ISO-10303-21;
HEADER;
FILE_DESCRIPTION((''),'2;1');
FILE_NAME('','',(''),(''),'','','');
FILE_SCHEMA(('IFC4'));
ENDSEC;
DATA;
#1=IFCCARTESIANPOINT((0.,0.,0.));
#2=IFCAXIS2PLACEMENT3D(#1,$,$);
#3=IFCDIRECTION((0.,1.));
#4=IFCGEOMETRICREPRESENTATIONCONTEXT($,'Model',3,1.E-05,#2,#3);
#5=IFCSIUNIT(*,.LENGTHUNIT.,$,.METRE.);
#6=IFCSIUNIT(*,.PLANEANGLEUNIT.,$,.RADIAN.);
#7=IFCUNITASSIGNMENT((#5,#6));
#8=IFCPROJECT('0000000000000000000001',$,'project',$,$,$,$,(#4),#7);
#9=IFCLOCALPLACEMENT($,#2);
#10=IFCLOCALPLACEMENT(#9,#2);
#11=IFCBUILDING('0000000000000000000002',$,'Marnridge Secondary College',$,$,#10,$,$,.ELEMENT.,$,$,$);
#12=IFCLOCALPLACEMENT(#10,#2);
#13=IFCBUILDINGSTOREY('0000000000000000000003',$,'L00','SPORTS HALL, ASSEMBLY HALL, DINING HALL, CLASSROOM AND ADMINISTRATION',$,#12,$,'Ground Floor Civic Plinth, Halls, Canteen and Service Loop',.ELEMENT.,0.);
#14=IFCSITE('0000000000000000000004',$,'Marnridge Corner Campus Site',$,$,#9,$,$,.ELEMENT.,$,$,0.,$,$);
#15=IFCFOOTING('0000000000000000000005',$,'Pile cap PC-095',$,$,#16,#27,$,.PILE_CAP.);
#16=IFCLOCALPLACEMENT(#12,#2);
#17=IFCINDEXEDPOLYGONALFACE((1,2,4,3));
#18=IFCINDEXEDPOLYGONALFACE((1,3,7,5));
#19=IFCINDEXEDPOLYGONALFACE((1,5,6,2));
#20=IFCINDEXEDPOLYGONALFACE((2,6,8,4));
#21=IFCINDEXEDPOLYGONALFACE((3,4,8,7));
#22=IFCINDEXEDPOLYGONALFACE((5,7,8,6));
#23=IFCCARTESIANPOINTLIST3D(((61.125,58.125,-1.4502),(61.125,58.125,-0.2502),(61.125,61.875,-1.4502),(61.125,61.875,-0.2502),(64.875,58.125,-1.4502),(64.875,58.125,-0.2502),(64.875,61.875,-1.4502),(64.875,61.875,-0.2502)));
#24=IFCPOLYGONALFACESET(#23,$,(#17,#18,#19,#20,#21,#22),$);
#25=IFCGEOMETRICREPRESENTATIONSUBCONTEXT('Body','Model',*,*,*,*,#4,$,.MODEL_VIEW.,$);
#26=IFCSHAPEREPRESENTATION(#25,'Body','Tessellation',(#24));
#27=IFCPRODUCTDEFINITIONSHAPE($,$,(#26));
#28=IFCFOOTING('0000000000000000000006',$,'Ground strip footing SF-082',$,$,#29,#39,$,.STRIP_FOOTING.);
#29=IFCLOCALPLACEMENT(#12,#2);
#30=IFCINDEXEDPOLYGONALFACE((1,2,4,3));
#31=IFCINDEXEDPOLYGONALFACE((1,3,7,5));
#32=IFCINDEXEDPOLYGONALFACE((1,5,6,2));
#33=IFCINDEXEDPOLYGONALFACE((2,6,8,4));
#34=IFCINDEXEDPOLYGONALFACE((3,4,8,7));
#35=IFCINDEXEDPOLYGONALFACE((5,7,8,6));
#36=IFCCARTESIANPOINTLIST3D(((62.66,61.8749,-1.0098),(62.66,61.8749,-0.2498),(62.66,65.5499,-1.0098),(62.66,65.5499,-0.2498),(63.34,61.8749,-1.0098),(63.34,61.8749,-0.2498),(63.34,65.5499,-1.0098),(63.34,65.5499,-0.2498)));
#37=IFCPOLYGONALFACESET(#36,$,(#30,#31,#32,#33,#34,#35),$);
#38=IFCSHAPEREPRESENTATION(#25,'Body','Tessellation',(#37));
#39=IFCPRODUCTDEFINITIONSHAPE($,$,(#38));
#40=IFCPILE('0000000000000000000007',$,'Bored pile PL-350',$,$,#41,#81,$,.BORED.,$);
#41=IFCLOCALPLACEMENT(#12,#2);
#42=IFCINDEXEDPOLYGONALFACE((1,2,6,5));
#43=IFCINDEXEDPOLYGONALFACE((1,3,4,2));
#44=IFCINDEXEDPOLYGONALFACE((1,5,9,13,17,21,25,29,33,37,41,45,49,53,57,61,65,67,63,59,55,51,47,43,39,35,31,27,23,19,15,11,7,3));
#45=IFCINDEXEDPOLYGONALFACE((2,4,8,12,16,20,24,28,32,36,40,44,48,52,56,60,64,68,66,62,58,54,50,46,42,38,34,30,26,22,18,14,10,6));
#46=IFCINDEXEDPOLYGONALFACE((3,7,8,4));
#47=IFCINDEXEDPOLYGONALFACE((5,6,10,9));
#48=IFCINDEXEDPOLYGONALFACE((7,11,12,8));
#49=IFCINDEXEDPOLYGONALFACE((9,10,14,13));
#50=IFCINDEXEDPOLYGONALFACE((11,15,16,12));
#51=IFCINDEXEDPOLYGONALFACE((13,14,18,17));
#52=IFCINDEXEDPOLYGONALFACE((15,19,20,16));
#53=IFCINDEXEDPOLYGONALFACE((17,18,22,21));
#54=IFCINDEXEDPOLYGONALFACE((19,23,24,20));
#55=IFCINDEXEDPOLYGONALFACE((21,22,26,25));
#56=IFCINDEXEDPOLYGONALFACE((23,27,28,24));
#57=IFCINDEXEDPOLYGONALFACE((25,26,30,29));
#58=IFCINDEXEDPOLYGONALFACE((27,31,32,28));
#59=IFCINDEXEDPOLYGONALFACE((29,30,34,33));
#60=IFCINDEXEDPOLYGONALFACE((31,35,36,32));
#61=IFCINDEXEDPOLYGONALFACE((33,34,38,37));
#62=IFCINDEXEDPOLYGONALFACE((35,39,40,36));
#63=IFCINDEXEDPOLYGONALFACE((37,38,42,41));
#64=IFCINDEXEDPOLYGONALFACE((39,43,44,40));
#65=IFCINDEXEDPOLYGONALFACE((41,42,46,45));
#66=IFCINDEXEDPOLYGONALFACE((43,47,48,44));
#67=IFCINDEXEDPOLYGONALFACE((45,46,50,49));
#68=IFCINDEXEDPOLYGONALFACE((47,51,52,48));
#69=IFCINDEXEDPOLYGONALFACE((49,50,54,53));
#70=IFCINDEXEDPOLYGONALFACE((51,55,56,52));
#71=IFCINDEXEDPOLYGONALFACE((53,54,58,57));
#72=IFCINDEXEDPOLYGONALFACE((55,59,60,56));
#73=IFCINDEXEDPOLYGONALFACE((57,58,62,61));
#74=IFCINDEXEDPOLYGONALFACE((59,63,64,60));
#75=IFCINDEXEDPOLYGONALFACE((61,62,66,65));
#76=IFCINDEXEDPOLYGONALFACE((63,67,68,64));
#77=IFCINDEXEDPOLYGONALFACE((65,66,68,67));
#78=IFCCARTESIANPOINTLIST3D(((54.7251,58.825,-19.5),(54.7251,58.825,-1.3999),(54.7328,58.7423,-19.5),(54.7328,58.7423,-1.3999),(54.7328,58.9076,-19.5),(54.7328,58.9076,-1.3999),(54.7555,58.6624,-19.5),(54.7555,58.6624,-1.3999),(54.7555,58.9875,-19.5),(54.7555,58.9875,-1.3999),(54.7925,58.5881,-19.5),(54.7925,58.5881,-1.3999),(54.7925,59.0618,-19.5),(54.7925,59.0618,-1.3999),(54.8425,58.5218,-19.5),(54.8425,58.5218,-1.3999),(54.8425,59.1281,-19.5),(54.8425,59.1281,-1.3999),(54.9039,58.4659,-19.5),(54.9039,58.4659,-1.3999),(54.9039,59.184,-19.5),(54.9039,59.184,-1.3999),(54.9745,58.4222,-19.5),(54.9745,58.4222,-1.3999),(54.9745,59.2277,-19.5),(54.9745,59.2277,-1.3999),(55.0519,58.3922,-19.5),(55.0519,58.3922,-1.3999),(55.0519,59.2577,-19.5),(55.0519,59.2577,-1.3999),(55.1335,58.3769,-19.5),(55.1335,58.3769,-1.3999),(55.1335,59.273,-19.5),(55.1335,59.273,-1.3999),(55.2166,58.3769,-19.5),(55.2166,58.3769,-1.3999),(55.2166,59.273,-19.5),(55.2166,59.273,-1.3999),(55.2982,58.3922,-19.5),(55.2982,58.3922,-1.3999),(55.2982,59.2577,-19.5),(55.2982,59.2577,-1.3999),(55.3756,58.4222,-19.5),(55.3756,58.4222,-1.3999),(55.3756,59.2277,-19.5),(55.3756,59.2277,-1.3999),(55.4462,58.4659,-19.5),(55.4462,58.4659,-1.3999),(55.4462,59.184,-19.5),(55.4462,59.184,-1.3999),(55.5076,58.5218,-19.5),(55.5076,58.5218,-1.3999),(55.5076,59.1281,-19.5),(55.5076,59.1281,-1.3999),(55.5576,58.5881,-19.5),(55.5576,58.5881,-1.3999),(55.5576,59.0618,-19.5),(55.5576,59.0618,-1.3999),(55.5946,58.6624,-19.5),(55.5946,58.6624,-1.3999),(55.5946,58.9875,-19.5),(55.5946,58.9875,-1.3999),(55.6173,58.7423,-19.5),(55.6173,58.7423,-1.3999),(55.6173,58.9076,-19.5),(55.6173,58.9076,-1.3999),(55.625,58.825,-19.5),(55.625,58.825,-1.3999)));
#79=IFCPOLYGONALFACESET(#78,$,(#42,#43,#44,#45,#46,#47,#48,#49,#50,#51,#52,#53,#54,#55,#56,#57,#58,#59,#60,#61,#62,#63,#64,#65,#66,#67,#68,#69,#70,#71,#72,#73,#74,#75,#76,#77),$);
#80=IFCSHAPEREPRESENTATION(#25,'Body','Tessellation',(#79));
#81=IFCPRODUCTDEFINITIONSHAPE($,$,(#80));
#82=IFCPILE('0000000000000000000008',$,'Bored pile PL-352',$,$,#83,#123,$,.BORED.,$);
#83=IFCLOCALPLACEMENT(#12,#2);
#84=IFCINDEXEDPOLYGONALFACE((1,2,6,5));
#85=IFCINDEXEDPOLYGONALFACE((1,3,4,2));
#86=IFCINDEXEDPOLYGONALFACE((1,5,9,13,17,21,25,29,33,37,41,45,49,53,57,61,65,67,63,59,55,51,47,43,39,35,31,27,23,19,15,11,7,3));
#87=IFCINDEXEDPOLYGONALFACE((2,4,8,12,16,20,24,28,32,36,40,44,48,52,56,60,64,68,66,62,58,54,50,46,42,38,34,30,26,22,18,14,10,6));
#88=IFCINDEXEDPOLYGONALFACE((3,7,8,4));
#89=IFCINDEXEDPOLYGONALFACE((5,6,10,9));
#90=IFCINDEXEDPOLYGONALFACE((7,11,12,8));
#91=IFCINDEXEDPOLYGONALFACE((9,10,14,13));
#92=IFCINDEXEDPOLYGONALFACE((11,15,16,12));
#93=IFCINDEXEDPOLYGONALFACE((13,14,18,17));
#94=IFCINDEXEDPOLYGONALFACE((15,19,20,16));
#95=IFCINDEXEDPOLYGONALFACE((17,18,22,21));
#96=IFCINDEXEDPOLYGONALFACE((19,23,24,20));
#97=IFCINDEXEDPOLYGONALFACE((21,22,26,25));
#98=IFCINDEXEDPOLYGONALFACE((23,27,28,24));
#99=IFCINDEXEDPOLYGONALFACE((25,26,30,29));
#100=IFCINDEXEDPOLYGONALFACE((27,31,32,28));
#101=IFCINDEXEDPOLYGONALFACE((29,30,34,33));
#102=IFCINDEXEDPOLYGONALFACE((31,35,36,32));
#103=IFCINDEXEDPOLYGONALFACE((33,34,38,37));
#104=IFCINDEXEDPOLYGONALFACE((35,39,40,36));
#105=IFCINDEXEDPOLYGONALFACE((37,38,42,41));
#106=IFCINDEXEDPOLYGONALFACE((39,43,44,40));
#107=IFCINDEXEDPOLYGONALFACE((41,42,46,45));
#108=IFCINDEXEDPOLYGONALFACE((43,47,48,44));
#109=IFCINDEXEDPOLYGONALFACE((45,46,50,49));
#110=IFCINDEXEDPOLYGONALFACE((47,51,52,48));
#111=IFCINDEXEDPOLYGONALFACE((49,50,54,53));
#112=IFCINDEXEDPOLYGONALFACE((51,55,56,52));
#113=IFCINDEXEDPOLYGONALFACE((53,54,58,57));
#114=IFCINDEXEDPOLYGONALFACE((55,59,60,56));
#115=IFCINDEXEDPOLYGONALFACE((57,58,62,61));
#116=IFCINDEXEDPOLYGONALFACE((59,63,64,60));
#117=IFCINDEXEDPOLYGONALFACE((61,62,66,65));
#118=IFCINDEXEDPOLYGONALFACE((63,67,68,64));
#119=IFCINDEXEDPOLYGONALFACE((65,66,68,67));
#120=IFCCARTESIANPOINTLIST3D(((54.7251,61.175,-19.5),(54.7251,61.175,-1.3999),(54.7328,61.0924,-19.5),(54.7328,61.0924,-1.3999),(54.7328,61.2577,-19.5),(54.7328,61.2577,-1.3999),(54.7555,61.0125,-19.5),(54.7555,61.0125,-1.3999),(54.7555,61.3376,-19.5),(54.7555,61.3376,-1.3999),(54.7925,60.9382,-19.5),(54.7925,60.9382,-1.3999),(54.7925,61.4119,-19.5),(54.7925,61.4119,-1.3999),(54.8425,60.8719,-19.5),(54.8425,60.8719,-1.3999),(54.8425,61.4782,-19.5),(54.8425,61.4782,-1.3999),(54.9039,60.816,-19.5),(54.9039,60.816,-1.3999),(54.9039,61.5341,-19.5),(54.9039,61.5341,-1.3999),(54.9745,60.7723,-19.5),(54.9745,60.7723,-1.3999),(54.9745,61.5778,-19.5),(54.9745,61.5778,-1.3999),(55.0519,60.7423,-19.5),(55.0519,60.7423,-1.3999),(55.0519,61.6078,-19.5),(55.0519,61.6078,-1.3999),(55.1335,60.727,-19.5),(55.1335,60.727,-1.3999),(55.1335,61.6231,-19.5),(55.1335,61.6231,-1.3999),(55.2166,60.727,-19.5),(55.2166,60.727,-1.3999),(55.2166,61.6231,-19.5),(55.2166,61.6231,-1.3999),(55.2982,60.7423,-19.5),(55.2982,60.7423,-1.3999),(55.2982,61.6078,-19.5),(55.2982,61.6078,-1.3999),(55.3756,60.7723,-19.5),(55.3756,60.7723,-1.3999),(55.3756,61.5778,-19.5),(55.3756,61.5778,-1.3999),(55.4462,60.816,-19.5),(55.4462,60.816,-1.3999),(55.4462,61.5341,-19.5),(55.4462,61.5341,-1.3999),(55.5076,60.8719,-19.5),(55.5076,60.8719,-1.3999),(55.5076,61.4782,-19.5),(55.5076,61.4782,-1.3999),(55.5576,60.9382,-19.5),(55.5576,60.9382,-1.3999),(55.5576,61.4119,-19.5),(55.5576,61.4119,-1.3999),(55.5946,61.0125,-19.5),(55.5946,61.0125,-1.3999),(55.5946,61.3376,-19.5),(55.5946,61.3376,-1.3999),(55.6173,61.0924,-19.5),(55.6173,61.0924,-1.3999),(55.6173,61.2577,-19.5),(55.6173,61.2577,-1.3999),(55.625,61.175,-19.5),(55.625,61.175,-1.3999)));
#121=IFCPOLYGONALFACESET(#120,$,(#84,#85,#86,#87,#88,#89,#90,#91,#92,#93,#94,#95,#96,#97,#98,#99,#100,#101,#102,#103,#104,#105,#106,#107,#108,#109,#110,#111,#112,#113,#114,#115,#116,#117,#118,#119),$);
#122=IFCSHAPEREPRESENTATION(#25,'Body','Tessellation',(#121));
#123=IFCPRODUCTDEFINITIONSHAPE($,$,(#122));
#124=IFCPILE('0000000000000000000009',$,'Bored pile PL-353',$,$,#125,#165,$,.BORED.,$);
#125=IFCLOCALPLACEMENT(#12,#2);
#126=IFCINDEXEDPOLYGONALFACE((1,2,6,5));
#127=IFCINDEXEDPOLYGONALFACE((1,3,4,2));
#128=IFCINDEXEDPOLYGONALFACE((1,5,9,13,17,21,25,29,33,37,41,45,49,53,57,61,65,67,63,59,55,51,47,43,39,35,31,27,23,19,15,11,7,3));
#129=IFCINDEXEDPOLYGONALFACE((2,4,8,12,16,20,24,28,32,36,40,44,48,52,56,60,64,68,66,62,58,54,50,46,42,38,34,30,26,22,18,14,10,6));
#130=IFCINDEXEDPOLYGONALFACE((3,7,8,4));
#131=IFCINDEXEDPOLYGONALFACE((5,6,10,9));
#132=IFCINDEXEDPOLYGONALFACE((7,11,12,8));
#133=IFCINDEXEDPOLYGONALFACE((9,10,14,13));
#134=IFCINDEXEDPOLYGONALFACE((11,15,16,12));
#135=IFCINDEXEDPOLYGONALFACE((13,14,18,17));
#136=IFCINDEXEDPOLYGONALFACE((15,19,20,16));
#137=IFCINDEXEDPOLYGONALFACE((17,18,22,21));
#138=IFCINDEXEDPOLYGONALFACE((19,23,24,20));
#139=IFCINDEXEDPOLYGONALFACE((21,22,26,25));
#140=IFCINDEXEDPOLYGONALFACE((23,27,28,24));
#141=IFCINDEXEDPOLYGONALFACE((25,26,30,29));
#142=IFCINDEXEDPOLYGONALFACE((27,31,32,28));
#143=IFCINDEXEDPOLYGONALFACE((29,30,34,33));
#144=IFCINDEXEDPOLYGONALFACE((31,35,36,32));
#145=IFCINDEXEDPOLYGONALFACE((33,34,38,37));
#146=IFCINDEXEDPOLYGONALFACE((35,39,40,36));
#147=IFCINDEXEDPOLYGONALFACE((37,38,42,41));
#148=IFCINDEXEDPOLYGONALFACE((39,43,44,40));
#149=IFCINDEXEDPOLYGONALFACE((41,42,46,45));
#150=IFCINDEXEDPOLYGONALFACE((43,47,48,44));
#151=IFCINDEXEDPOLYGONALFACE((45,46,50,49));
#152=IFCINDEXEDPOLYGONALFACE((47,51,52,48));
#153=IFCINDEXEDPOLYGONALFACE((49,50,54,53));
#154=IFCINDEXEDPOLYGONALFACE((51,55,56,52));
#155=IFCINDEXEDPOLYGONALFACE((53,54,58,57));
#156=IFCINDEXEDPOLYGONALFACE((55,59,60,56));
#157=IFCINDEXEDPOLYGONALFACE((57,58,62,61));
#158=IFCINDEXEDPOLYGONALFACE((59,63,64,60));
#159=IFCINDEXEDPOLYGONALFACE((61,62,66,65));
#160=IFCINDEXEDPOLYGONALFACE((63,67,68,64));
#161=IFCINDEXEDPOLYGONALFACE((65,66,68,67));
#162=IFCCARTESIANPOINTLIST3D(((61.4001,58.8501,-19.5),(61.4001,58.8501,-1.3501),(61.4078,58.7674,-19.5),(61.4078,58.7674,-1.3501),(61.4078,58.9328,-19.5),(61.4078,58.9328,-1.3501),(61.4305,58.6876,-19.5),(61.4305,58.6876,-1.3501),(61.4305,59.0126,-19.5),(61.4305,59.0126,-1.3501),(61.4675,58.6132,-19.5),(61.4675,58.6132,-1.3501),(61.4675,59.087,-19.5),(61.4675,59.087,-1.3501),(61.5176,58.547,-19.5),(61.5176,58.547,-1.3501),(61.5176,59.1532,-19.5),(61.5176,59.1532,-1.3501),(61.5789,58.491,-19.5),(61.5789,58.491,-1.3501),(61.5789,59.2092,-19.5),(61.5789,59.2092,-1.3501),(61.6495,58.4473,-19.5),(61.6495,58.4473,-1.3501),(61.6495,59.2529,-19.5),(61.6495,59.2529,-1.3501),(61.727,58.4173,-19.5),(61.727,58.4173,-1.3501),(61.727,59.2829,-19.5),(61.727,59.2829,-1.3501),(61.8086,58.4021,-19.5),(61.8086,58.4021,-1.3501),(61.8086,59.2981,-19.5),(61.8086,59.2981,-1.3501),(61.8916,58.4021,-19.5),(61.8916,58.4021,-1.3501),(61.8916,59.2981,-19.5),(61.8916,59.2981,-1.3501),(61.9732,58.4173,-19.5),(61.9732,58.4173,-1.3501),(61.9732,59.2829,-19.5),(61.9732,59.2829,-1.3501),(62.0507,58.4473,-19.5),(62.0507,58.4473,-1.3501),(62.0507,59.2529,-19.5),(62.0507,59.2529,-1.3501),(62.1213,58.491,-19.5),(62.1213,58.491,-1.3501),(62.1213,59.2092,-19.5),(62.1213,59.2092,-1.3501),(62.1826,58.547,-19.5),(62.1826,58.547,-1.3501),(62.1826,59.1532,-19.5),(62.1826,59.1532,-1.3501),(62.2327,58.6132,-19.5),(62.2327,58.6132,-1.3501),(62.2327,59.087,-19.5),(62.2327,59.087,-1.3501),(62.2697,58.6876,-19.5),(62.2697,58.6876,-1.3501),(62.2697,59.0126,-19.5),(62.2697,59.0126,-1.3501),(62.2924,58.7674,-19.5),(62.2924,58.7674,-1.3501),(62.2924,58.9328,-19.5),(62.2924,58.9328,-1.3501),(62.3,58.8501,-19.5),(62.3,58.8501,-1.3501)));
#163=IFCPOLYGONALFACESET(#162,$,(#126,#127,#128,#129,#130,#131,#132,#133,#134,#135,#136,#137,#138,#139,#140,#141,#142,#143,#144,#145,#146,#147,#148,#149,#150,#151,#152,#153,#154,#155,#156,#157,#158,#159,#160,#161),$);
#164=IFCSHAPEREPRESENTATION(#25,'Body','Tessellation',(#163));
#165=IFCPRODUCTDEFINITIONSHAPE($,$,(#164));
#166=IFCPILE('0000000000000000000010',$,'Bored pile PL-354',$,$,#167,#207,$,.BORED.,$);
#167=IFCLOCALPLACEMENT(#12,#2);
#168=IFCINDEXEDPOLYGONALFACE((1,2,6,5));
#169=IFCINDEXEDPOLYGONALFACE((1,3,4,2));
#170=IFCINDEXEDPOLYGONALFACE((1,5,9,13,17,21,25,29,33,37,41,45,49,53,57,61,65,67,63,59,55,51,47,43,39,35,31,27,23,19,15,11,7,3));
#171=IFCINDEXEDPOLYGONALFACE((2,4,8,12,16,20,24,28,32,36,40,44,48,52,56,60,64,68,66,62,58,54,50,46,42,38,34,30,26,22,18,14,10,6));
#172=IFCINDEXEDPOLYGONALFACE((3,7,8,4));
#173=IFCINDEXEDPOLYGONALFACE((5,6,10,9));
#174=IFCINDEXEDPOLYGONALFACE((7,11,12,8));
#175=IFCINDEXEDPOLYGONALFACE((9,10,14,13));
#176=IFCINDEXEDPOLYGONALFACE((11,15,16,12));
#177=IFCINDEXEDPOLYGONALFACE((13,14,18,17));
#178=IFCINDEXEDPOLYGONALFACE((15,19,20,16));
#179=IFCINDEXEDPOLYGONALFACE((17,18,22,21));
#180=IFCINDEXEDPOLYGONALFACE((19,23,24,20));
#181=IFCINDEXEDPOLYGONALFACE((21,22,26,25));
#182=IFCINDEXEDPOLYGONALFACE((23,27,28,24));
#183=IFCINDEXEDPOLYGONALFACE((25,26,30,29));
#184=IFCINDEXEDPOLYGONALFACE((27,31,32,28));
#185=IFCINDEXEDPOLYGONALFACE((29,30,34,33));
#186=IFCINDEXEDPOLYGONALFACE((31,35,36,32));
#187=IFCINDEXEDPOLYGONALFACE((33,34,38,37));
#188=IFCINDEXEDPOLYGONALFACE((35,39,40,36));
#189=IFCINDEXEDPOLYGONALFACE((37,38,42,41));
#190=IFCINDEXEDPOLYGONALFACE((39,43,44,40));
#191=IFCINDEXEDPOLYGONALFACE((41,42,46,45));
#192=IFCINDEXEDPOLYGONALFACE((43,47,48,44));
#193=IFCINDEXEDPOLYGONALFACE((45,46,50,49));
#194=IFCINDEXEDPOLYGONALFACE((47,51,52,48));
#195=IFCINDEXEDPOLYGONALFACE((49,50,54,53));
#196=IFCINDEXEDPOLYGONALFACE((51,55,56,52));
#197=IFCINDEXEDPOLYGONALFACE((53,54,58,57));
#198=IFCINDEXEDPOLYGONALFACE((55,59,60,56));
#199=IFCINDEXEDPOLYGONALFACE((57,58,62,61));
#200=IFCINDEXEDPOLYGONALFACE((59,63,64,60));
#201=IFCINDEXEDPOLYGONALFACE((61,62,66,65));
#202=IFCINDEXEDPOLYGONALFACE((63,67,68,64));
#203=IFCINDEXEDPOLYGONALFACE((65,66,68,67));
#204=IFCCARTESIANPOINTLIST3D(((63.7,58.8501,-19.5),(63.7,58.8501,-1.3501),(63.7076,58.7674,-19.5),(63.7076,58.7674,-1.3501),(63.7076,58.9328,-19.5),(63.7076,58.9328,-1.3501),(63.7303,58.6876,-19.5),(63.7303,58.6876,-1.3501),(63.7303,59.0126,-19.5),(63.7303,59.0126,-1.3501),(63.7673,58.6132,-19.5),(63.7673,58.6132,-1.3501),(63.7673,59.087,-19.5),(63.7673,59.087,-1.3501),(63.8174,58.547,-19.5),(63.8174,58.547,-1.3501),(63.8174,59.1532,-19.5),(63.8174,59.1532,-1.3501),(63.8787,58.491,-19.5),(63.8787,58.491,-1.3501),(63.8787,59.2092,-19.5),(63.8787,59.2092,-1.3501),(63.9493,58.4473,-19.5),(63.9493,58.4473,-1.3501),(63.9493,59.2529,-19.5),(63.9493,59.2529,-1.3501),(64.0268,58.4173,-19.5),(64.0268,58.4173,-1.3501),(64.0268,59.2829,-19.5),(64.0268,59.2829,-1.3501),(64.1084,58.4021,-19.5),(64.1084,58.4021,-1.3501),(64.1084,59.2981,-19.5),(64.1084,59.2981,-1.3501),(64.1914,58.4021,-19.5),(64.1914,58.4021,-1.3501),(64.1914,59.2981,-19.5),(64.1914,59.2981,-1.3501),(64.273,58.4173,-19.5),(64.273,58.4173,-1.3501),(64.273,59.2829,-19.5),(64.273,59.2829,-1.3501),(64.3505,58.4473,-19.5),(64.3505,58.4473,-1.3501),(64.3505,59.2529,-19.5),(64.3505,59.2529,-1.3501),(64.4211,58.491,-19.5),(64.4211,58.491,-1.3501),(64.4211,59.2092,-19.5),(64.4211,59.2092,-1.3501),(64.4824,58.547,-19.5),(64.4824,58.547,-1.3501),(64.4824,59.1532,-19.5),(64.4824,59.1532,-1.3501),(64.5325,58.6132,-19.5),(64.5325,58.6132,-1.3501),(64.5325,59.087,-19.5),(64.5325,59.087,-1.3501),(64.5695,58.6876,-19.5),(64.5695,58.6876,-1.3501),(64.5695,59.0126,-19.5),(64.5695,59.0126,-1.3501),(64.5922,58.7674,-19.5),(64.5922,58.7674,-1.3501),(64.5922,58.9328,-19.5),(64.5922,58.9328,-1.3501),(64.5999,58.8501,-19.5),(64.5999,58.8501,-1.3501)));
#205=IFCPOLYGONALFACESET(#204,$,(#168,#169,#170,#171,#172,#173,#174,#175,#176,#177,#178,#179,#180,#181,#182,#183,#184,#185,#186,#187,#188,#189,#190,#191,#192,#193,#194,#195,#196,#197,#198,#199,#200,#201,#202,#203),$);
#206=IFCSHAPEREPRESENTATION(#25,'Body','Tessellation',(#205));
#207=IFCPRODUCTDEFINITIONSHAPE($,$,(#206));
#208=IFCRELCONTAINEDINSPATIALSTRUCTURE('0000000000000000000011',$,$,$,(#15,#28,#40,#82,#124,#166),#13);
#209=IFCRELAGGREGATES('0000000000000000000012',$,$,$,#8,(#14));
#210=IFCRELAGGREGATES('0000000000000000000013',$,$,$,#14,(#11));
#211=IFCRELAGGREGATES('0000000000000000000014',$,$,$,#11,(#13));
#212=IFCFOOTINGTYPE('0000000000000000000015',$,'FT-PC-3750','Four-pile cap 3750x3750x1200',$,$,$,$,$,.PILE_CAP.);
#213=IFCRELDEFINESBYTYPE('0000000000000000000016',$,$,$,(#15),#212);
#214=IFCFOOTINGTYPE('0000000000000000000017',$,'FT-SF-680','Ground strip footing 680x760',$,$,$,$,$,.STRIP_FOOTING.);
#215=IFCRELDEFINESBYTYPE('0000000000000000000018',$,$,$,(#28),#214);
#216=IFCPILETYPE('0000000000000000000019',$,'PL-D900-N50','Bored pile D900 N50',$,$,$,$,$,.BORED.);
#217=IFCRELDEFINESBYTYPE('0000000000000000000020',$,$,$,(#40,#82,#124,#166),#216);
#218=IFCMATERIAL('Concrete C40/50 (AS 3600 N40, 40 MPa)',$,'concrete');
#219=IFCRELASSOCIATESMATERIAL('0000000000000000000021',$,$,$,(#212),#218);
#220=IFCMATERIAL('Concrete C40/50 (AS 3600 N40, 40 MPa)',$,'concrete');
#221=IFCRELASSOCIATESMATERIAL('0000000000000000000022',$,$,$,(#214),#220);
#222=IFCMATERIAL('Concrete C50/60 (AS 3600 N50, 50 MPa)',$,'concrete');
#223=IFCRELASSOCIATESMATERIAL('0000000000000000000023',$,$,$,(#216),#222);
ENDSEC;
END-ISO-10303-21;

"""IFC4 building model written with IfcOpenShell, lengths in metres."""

from ifc_helpers import new_model, si_unit, direction, frame, origin, origin_2d, place, context, subcontext, project, spatial, rectangle, circle, extrude, material, material_profile, profile_set, type_object, element, save


model = new_model("IFC4")

# Units and contexts
model_context = context("Model", 3, precision=1e-05, world=origin(), true_north=direction((0.0, 1.0)))
body_context = subcontext(model_context, "Body", "Model", "MODEL_VIEW")
ifc_project = project(units=[si_unit("LENGTHUNIT", "METRE"), si_unit("PLANEANGLEUNIT", "RADIAN")], contexts=[model_context])

# Site, building, storey
site_placement = place(None, origin())
site = spatial("IfcSite", under=ifc_project, at=site_placement, Name="Marnridge Corner Campus Site", CompositionType="ELEMENT", RefElevation=0.0)
building_placement = place(site_placement, origin())
building = spatial("IfcBuilding", under=site, at=building_placement, Name="Marnridge Secondary College", CompositionType="ELEMENT")
storey_placement = place(building_placement, origin())
storey = spatial("IfcBuildingStorey", under=building, at=storey_placement, Name="L00", Description="SPORTS HALL, ASSEMBLY HALL, DINING HALL, CLASSROOM AND ADMINISTRATION", LongName="Ground Floor Civic Plinth, Halls, Canteen and Service Loop", CompositionType="ELEMENT", Elevation=0.0)

# Footings
ifc_material_1 = material(Name="Concrete C40/50 (AS 3600 N40, 40 MPa)", Category="concrete")
footing_type_1 = type_object("IfcFootingType", Name="FT-PC-3750", Description="Four-pile cap 3750x3750x1200", PredefinedType="PILE_CAP", material=ifc_material_1)
footing_1_placement = place(storey_placement, frame((63.0, 60.0, -1.4502), z_axis=(0.0, 0.0, 1.0), x_axis=(1.0, 0.0, 0.0)))
element("IfcFooting", 1, at=footing_1_placement, inside=storey, type_object=footing_type_1, Name="Pile cap PC-095", PredefinedType="PILE_CAP", context=body_context, shape_type="SweptSolid", body=[
    extrude(rectangle(XDim=3.75, YDim=3.75, at=origin_2d()), origin(), (0.0, 0.0, 1.0), 1.2),
])
ifc_material_2 = material(Name="Concrete C40/50 (AS 3600 N40, 40 MPa)", Category="concrete")
footing_type_2 = type_object("IfcFootingType", Name="FT-SF-680", Description="Ground strip footing 680x760", PredefinedType="STRIP_FOOTING", material=ifc_material_2)
footing_2_placement = place(storey_placement, frame((63.0, 63.7124, -1.0098), z_axis=(0.0, 0.0, 1.0), x_axis=(1.0, 0.0, 0.0)))
element("IfcFooting", 2, at=footing_2_placement, inside=storey, type_object=footing_type_2, Name="Ground strip footing SF-082", PredefinedType="STRIP_FOOTING", context=body_context, shape_type="SweptSolid", body=[
    extrude(rectangle(XDim=0.6799, YDim=3.675, at=origin_2d()), origin(), (0.0, 0.0, 1.0), 0.76),
])

# Piles
ifc_material_3 = material(Name="Concrete C50/60 (AS 3600 N50, 50 MPa)", Category="concrete")
ifc_material_profile_1 = material_profile(ifc_material_3, circle(Radius=0.45, at=origin_2d()), Name="PILE D900")
ifc_profile_set_1 = profile_set([ifc_material_profile_1], Name="Concrete C50/60 (AS 3600 N50, 50 MPa)")
pile_type = type_object("IfcPileType", Name="PL-D900-N50", Description="Bored pile D900 N50", PredefinedType="BORED", material=ifc_profile_set_1)
for number, where, z_axis, x_axis, name in (
    (3, (55.175, 58.825, -1.3999), (0.0, 0.0, -1.0), (1.0, 0.0, 0.0), "Bored pile PL-350"),
    (4, (55.175, 61.175, -1.3999), (0.0, 0.0, -1.0), (1.0, 0.0, 0.0), "Bored pile PL-352"),
):
    element("IfcPile", number, at=place(storey_placement, frame(where, z_axis=z_axis, x_axis=x_axis)), inside=storey, type_object=pile_type, Name=name, PredefinedType="BORED", context=body_context, shape_type="SweptSolid", body=[
        extrude(circle(Radius=0.45, at=origin_2d()), origin(), (0.0, 0.0, 1.0), 18.1001),
    ])
for number, where, z_axis, x_axis, name in (
    (5, (61.8501, 58.8501, -1.3501), (0.0, 0.0, -1.0), (1.0, 0.0, 0.0), "Bored pile PL-353"),
    (6, (64.1499, 58.8501, -1.3501), (0.0, 0.0, -1.0), (1.0, 0.0, 0.0), "Bored pile PL-354"),
):
    element("IfcPile", number, at=place(storey_placement, frame(where, z_axis=z_axis, x_axis=x_axis)), inside=storey, type_object=pile_type, Name=name, PredefinedType="BORED", context=body_context, shape_type="SweptSolid", body=[
        extrude(circle(Radius=0.45, at=origin_2d()), origin(), (0.0, 0.0, 1.0), 18.1499),
    ])

save(model, "model.ifc")
